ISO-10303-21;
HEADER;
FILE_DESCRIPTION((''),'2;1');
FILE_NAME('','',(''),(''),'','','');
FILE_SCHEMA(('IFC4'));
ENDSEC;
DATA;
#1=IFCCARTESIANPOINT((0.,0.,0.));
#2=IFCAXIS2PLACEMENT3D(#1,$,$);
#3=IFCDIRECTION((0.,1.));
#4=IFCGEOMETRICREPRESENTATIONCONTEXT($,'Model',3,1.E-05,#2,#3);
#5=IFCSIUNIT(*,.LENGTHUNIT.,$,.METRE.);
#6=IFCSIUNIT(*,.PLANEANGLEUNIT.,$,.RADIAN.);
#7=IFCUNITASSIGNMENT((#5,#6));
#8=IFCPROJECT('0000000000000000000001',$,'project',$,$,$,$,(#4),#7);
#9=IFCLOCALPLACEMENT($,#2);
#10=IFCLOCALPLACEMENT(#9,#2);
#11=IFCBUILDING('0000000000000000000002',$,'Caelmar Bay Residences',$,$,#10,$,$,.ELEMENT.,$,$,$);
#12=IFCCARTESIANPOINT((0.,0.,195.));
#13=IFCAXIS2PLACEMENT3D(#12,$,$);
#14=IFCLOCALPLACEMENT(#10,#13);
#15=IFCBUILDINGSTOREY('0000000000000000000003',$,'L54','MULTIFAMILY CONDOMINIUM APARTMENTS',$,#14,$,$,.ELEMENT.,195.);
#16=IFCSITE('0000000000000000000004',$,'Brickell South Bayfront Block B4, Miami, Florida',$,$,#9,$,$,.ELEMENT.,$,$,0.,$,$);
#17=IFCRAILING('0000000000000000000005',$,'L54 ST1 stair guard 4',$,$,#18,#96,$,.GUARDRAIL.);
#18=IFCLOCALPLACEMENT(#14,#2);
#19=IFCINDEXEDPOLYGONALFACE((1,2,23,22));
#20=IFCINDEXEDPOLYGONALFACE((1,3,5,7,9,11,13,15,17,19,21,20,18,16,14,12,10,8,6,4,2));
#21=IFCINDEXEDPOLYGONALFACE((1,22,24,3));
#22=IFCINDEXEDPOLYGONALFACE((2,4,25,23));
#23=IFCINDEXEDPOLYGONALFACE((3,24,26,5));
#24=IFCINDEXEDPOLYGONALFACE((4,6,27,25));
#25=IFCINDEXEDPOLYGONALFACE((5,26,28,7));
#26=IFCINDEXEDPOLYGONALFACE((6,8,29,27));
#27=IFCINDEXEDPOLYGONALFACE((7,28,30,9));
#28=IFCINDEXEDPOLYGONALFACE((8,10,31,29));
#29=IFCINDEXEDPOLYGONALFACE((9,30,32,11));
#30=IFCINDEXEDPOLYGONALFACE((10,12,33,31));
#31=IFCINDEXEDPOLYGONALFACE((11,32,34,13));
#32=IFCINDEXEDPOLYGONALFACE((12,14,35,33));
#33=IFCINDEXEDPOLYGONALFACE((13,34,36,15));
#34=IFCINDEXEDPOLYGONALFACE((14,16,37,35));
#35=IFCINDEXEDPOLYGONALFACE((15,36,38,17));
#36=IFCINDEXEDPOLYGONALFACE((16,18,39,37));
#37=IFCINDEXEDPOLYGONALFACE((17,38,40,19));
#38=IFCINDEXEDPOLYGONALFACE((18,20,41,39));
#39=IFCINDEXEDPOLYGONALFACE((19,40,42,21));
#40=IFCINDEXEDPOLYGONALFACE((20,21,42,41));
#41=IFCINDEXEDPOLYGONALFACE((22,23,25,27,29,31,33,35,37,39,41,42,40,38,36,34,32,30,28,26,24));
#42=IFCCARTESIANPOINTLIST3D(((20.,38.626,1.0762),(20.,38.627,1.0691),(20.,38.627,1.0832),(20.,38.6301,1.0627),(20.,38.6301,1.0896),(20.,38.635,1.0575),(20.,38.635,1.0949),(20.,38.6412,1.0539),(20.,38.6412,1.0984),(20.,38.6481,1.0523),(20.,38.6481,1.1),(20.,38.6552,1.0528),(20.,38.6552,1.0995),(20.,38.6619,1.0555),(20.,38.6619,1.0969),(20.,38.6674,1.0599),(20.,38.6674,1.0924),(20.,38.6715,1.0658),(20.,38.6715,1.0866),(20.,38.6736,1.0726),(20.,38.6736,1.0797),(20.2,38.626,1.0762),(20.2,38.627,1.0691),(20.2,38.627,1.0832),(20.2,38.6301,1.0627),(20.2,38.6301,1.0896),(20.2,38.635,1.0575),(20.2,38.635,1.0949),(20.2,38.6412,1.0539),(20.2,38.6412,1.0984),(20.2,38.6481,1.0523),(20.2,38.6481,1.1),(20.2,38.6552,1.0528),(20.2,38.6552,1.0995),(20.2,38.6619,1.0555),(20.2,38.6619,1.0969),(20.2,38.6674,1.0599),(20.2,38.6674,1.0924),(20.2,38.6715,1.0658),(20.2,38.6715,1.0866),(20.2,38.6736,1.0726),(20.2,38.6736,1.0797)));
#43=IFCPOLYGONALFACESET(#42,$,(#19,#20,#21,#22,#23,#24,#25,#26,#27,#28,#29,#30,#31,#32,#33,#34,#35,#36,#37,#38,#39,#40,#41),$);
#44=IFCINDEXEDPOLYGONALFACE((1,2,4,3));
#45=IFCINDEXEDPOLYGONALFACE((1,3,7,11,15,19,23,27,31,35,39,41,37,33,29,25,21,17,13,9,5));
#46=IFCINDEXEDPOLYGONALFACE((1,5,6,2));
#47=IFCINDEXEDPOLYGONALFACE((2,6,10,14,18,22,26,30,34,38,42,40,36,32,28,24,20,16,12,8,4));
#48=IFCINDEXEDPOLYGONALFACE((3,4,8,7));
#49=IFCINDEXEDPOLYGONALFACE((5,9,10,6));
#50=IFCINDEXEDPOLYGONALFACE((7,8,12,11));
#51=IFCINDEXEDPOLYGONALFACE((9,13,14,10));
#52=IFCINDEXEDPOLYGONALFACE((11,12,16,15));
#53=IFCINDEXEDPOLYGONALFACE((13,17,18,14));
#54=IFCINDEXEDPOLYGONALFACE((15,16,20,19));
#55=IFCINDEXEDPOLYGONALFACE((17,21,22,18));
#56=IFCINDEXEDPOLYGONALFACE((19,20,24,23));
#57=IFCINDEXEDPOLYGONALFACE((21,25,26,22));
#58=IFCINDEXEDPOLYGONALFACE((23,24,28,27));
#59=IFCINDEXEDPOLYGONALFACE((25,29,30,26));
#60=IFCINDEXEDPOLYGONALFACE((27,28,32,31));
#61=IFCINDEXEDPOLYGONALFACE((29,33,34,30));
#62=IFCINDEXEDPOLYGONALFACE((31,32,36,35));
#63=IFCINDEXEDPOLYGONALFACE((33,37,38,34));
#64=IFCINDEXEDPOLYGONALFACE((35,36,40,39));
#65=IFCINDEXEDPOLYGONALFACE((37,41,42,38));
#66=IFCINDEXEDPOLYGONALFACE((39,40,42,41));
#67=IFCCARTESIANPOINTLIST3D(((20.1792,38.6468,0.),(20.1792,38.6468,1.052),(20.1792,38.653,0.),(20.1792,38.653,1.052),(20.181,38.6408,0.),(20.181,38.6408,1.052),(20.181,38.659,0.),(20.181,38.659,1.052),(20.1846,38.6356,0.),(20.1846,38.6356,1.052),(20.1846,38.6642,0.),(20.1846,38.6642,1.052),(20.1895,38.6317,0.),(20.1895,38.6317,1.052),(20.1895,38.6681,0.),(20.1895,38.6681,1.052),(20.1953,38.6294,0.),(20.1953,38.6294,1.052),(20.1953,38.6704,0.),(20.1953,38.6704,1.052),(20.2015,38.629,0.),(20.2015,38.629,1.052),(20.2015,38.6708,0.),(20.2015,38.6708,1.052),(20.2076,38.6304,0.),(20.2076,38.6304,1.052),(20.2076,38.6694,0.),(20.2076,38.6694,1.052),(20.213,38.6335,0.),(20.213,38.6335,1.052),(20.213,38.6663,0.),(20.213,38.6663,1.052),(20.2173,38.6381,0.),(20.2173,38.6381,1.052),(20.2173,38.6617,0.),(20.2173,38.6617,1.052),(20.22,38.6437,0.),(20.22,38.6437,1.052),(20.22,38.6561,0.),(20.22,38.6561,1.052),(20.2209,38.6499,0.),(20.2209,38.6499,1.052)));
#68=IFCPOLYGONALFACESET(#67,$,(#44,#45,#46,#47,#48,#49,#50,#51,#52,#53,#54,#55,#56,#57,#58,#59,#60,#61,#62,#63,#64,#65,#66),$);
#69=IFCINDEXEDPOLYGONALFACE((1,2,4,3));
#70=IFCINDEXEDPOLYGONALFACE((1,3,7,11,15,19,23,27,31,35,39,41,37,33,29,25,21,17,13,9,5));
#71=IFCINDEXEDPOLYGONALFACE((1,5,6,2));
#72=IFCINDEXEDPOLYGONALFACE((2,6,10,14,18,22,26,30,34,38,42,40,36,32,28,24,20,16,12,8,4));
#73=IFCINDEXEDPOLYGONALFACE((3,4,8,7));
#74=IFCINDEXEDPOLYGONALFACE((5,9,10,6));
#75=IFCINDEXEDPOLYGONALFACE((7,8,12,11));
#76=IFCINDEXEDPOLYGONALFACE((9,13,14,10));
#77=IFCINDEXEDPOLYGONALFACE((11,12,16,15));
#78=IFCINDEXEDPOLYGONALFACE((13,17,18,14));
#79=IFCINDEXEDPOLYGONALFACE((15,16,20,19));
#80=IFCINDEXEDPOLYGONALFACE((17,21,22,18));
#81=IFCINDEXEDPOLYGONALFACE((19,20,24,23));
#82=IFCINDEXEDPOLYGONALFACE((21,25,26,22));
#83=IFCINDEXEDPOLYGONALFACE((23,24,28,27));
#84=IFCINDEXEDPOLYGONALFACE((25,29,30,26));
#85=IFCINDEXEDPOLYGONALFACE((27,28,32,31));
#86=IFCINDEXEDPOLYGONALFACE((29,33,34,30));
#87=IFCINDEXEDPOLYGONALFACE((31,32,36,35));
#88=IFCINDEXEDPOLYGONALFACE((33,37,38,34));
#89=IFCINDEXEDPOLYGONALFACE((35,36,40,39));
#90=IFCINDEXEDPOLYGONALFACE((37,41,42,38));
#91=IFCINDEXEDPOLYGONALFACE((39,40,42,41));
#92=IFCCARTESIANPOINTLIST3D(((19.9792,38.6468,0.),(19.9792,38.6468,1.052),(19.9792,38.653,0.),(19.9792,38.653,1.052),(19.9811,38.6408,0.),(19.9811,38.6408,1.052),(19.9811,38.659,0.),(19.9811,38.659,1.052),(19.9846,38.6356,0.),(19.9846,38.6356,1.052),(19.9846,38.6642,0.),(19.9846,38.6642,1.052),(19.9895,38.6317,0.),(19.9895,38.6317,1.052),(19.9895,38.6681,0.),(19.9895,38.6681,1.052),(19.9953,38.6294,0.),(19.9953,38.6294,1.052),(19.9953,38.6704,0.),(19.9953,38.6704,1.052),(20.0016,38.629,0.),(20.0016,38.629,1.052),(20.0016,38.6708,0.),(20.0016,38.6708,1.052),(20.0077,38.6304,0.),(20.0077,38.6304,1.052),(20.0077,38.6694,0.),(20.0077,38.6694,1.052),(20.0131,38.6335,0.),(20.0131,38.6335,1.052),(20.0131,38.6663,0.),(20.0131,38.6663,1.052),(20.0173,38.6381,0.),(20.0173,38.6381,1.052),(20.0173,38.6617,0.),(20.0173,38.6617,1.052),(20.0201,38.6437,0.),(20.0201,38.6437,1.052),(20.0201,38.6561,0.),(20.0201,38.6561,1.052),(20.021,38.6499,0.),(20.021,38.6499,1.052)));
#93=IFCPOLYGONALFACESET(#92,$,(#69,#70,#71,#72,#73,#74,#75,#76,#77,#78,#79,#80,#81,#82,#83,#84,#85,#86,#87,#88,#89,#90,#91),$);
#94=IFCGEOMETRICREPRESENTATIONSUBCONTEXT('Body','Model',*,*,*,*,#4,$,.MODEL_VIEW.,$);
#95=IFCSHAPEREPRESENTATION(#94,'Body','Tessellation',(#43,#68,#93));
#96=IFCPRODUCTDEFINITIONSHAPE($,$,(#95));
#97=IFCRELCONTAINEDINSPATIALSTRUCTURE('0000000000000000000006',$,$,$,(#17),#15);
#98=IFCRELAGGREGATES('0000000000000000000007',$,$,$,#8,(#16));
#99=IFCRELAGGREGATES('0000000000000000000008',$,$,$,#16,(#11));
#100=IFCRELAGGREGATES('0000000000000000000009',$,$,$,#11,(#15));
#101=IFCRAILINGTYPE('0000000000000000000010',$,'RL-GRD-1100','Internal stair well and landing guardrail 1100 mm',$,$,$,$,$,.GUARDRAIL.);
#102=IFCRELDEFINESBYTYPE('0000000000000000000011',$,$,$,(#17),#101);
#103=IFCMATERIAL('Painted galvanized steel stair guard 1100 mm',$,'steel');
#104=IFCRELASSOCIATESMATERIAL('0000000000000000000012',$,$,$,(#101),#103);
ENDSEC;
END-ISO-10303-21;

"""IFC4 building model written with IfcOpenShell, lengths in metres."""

from ifc_helpers import new_model, si_unit, direction, frame, origin, origin_2d, place, context, subcontext, project, spatial, circle, extrude, material, type_object, element, save


model = new_model("IFC4")

# Units and contexts
model_context = context("Model", 3, precision=1e-05, world=origin(), true_north=direction((0.0, 1.0)))
body_context = subcontext(model_context, "Body", "Model", "MODEL_VIEW")
ifc_project = project(units=[si_unit("LENGTHUNIT", "METRE"), si_unit("PLANEANGLEUNIT", "RADIAN")], contexts=[model_context])

# Site, building, storey
site_placement = place(None, origin())
site = spatial("IfcSite", under=ifc_project, at=site_placement, Name="Brickell South Bayfront Block B4, Miami, Florida", CompositionType="ELEMENT", RefElevation=0.0)
building_placement = place(site_placement, origin())
building = spatial("IfcBuilding", under=site, at=building_placement, Name="Caelmar Bay Residences", CompositionType="ELEMENT")
storey_placement = place(building_placement, frame((0.0, 0.0, 195.0)))
storey = spatial("IfcBuildingStorey", under=building, at=storey_placement, Name="L54", Description="MULTIFAMILY CONDOMINIUM APARTMENTS", CompositionType="ELEMENT", Elevation=195.0)

# Railing
ifc_material_1 = material(Name="Painted galvanized steel stair guard 1100 mm", Category="steel")
railing_type_1 = type_object("IfcRailingType", Name="RL-GRD-1100", Description="Internal stair well and landing guardrail 1100 mm", PredefinedType="GUARDRAIL", material=ifc_material_1)
railing_1_placement = place(storey_placement, frame((20.2, 38.6499, 0.0)))
element("IfcRailing", 1, at=railing_1_placement, inside=storey, type_object=railing_type_1, Name="L54 ST1 stair guard 4", PredefinedType="GUARDRAIL", context=body_context, shape_type="SweptSolid", body=[
    extrude(circle(Radius=0.0239, at=origin_2d()), frame((0.0, 0.0, 1.0762), z_axis=(-1.0, 0.0, 0.0), x_axis=(0.0, -1.0, 0.0)), (0.0, 0.0, 1.0), 0.2),
    extrude(circle(Radius=0.021, at=origin_2d()), origin(), (0.0, 0.0, 1.0), 1.052),
    extrude(circle(Radius=0.021, at=origin_2d()), frame((-0.2, 0.0, 0.0)), (0.0, 0.0, 1.0), 1.052),
])

save(model, "model.ifc")
